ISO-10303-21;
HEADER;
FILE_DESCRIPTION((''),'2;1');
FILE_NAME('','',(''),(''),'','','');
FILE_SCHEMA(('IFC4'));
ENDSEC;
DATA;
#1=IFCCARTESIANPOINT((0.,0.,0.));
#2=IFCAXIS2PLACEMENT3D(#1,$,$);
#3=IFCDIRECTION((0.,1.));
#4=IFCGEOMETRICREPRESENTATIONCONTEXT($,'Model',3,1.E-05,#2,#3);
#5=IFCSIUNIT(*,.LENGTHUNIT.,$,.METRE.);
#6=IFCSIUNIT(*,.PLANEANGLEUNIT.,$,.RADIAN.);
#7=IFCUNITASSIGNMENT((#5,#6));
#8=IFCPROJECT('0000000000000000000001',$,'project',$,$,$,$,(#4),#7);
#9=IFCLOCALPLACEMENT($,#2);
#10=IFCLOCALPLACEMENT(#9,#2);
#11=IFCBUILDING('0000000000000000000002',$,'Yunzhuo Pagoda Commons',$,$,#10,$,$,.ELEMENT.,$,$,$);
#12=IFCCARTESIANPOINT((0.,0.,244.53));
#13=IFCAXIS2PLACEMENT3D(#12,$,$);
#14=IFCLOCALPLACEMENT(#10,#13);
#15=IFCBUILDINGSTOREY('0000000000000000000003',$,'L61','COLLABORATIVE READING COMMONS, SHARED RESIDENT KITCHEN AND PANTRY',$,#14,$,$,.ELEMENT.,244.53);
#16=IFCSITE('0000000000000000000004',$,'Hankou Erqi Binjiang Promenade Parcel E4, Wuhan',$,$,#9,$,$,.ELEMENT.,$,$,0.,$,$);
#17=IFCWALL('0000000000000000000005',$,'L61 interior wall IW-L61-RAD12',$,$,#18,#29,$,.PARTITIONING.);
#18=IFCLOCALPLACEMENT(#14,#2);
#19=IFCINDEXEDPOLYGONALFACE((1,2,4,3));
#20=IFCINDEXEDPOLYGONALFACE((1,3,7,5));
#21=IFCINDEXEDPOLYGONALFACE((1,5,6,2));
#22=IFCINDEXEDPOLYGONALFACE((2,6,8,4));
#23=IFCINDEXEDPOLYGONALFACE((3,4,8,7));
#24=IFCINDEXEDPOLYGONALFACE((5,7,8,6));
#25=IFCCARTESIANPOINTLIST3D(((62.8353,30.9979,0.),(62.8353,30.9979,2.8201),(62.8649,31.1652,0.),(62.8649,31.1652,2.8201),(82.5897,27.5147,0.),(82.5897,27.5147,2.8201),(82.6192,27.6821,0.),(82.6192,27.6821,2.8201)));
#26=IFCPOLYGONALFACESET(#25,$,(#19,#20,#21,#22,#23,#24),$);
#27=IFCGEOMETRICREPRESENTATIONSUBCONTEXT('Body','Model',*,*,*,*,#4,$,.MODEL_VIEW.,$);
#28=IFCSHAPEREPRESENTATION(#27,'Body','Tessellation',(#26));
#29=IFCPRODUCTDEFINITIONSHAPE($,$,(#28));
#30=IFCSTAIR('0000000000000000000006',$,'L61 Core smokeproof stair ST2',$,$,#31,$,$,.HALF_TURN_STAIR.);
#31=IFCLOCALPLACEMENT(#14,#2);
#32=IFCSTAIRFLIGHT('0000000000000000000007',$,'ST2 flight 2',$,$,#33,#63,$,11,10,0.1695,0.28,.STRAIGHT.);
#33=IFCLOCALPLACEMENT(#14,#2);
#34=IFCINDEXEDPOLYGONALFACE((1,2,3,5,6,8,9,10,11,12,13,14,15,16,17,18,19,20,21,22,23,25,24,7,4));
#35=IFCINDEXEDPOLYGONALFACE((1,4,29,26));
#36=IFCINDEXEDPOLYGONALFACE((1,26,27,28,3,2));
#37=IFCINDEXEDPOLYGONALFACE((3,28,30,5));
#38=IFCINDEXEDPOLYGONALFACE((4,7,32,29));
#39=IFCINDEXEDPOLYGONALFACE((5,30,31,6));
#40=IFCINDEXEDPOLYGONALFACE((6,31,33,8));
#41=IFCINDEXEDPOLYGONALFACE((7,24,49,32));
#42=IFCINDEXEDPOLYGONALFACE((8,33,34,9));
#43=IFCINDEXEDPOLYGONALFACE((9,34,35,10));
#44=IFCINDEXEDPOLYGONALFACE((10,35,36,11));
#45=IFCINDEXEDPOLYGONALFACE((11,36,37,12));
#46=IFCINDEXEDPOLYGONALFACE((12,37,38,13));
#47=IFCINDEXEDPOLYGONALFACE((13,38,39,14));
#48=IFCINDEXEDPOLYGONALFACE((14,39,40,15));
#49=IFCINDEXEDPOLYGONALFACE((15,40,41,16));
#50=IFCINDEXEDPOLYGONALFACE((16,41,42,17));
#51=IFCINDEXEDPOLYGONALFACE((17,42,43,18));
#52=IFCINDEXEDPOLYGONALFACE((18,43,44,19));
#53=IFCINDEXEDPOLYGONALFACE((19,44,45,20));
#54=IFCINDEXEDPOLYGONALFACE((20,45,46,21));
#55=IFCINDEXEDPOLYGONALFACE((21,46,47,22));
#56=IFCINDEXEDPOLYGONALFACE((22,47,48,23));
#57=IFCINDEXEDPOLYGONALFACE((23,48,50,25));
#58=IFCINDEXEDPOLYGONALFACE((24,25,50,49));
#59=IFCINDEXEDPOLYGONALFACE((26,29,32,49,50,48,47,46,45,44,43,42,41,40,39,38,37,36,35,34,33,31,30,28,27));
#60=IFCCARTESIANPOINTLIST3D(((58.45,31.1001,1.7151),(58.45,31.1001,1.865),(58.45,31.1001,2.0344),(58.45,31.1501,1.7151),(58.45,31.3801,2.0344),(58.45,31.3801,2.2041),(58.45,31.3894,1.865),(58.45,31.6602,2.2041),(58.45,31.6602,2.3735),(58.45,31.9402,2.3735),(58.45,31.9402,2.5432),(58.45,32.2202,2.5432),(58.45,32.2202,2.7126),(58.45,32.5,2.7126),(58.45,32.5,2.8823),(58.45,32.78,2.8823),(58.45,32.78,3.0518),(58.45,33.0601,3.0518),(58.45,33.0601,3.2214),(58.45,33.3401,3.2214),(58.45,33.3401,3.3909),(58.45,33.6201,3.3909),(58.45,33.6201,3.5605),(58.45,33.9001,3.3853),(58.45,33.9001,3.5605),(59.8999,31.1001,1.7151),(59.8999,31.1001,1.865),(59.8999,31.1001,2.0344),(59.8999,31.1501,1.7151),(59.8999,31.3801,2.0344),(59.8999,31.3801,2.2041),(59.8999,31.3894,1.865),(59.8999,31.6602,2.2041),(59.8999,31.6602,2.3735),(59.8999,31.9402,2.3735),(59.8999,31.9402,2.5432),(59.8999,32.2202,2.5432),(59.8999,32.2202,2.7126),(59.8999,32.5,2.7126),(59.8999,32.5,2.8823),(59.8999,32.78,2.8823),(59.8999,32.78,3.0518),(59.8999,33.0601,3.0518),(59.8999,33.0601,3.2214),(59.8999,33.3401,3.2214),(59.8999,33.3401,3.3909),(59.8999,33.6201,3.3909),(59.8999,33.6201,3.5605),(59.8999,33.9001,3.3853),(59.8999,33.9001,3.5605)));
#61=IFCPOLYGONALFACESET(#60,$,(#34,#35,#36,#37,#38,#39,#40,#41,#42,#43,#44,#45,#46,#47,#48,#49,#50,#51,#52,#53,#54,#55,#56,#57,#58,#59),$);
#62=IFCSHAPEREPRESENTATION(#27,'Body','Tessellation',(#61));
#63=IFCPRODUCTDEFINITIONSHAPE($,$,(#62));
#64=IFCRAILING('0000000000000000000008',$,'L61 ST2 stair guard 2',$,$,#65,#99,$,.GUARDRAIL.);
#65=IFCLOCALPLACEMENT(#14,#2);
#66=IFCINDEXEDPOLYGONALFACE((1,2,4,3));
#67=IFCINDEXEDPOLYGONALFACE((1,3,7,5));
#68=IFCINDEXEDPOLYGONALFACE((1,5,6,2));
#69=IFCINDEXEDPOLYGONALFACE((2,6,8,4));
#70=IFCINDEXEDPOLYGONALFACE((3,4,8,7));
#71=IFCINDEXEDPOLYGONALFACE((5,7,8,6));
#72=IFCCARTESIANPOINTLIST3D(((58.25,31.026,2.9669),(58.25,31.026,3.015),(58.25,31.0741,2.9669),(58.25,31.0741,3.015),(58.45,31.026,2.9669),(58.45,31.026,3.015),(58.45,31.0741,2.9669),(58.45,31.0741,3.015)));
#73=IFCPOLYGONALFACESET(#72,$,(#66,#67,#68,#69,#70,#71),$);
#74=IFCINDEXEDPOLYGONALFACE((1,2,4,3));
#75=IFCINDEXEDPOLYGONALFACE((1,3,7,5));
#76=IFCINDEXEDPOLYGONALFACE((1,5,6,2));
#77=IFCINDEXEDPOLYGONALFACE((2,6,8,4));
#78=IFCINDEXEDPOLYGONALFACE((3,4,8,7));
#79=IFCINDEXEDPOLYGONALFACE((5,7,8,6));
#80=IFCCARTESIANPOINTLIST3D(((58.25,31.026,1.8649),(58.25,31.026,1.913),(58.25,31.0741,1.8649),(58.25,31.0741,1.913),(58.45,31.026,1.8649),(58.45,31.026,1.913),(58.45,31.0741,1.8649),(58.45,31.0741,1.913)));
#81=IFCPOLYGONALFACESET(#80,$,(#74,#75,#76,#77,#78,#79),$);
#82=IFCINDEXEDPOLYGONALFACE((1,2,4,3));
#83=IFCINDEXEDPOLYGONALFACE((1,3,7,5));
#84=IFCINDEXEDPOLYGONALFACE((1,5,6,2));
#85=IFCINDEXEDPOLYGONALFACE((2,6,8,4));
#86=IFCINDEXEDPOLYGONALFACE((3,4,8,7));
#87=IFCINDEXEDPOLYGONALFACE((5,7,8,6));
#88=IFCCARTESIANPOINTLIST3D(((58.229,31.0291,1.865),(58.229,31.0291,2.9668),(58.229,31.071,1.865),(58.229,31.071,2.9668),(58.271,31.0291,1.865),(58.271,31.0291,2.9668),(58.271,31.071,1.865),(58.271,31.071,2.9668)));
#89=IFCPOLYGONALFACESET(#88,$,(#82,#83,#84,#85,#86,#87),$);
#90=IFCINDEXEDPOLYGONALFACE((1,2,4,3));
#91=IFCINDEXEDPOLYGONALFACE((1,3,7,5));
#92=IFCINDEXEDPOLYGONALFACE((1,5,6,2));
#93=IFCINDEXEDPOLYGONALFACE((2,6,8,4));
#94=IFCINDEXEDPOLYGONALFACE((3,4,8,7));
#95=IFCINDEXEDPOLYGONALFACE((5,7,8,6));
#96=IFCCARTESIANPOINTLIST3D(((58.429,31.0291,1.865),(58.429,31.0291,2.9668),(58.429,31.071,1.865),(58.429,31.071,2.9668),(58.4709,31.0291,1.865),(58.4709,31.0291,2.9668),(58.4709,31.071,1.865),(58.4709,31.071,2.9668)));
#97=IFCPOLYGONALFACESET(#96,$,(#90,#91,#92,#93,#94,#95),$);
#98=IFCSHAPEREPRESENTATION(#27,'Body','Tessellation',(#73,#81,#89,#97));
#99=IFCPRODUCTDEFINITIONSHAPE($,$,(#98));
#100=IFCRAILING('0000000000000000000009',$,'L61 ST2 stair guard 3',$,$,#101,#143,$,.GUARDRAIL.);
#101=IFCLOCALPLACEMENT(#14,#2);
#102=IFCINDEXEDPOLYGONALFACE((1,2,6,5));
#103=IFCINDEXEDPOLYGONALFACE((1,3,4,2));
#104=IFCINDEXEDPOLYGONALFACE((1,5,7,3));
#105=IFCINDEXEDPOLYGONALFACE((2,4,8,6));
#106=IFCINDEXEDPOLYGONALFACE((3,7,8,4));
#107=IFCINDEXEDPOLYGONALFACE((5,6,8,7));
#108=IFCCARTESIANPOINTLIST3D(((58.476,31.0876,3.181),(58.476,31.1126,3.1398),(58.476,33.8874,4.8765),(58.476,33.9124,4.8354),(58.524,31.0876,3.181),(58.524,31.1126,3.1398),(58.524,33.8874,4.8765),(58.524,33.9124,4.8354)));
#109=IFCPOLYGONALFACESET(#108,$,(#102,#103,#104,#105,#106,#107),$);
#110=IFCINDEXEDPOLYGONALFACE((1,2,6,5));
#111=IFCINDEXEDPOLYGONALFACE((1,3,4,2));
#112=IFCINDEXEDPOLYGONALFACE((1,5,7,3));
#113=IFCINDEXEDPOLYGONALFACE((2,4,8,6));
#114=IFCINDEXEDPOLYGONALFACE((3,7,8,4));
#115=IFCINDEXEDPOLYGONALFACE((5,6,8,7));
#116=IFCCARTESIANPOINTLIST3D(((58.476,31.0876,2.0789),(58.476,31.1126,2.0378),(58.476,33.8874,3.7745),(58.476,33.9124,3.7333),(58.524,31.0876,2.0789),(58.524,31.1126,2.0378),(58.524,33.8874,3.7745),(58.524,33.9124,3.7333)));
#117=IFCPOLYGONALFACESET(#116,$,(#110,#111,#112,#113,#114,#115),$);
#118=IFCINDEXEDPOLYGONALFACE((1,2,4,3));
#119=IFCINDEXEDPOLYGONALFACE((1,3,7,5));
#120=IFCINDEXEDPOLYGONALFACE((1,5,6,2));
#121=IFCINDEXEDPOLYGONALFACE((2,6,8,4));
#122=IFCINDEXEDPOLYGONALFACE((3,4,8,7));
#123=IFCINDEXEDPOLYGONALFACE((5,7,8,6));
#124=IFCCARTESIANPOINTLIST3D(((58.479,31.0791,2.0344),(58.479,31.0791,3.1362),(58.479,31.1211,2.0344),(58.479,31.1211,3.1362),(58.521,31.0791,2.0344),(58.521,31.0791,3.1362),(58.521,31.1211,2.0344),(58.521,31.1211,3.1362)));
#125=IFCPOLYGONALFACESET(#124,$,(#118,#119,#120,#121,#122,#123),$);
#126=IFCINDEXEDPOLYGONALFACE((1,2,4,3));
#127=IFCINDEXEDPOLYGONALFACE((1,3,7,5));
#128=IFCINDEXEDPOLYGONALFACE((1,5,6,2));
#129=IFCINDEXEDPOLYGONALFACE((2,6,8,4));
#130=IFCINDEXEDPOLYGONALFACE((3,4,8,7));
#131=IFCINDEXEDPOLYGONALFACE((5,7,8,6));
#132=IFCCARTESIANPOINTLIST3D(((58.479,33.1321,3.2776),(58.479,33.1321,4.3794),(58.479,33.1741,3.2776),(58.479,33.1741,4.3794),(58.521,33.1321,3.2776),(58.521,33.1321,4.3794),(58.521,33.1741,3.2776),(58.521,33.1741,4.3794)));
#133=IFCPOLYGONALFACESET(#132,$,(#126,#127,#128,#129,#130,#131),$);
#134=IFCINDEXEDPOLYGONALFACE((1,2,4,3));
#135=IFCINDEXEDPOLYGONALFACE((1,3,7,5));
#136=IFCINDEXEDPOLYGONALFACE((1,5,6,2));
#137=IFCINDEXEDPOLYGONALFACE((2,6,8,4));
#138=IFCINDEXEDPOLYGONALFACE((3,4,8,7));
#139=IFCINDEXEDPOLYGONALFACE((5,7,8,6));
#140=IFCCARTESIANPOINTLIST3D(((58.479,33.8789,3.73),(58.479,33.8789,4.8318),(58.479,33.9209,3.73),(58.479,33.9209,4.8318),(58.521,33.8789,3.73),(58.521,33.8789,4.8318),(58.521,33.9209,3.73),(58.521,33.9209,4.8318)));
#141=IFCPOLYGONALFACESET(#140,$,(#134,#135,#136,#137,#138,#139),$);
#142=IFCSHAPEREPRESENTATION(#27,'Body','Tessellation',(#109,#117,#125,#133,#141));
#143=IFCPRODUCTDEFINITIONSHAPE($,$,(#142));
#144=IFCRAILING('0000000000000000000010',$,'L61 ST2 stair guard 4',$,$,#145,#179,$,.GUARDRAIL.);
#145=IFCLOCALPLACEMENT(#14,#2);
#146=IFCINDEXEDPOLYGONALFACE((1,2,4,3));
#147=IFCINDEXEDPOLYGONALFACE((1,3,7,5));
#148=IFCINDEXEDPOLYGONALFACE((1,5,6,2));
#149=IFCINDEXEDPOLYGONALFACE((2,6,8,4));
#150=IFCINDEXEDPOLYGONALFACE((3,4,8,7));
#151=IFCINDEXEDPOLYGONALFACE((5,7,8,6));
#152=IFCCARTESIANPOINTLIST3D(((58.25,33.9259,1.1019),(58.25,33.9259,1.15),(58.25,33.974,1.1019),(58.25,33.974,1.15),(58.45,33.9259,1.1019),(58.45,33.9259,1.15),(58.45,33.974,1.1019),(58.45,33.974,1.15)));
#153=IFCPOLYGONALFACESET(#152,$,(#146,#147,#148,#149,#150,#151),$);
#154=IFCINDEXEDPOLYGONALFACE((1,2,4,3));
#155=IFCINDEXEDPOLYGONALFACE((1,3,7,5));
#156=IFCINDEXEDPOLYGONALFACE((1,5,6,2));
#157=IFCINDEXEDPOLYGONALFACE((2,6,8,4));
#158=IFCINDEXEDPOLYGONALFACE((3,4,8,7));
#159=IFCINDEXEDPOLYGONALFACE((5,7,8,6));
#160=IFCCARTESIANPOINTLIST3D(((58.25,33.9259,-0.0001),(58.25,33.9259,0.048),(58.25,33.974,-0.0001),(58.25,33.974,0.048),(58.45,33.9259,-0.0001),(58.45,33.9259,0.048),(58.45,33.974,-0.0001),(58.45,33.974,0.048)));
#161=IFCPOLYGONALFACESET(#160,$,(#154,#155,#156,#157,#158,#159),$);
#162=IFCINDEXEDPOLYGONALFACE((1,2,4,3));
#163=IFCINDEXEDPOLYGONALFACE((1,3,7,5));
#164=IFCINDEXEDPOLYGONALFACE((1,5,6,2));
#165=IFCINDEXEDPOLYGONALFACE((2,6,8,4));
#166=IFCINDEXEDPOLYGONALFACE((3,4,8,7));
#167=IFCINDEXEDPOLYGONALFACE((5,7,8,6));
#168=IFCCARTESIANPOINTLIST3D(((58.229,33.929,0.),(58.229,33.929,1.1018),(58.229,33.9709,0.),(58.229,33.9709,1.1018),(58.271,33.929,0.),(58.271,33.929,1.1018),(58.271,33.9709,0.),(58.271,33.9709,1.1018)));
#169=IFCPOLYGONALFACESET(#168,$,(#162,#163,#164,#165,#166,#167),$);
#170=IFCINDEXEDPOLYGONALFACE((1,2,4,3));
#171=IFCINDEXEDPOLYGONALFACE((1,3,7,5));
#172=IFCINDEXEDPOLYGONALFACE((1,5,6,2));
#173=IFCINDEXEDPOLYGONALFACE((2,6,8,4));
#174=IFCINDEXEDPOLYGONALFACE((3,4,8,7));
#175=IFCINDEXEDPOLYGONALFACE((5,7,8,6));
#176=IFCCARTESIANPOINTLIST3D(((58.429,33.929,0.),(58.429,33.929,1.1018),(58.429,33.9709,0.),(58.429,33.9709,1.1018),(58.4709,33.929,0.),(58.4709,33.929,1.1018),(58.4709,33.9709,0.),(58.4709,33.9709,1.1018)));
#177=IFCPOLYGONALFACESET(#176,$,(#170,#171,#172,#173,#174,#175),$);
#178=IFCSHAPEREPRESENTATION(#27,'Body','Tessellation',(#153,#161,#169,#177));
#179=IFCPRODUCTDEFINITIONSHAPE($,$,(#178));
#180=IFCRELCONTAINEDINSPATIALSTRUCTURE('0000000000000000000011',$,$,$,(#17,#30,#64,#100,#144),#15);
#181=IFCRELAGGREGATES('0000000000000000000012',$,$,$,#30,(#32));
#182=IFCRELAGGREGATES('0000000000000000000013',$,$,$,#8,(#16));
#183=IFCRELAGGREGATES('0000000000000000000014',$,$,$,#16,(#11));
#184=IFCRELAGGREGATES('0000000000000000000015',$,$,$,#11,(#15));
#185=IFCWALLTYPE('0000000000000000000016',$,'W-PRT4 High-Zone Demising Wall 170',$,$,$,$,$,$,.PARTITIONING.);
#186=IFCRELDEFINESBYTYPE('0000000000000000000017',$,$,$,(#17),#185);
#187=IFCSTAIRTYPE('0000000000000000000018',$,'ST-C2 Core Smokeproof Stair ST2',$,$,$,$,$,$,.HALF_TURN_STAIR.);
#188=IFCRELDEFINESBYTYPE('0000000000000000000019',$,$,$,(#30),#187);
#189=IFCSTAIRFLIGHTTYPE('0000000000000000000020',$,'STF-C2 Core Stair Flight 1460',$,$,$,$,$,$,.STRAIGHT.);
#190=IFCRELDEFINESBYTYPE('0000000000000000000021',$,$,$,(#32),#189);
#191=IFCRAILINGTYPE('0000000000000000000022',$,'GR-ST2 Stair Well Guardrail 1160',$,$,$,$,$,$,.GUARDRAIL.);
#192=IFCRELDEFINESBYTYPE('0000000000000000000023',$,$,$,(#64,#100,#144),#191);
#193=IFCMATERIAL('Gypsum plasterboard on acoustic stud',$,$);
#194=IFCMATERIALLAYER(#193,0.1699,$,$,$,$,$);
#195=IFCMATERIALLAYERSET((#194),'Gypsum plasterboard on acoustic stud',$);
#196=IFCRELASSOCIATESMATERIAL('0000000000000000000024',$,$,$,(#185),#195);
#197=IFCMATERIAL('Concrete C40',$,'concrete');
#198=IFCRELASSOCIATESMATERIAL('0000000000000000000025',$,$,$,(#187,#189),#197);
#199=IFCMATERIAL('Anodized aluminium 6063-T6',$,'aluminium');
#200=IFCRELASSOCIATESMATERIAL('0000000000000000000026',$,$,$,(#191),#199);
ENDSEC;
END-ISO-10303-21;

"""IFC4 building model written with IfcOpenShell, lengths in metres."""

from ifc_helpers import new_model, si_unit, direction, frame, frame_2d, origin, origin_2d, place, context, subcontext, project, spatial, polyline, rectangle, outline, extrude, source, transform, mapped, material, layer, layer_set, type_object, element, aggregate, save


model = new_model("IFC4")

# Units and contexts
model_context = context("Model", 3, precision=1e-05, world=origin(), true_north=direction((0.0, 1.0)))
body_context = subcontext(model_context, "Body", "Model", "MODEL_VIEW")
ifc_project = project(units=[si_unit("LENGTHUNIT", "METRE"), si_unit("PLANEANGLEUNIT", "RADIAN")], contexts=[model_context])

# Site, building, storey
site_placement = place(None, origin())
site = spatial("IfcSite", under=ifc_project, at=site_placement, Name="Hankou Erqi Binjiang Promenade Parcel E4, Wuhan", CompositionType="ELEMENT", RefElevation=0.0)
building_placement = place(site_placement, origin())
building = spatial("IfcBuilding", under=site, at=building_placement, Name="Yunzhuo Pagoda Commons", CompositionType="ELEMENT")
storey_placement = place(building_placement, frame((0.0, 0.0, 244.53)))
storey = spatial("IfcBuildingStorey", under=building, at=storey_placement, Name="L61", Description="COLLABORATIVE READING COMMONS, SHARED RESIDENT KITCHEN AND PANTRY", CompositionType="ELEMENT", Elevation=244.53)

# Shared definitions
ifc_material_1 = material(Name="Anodized aluminium 6063-T6", Category="aluminium")

# Shared definitions
ifc_material_2 = material(Name="Gypsum plasterboard on acoustic stud")

# Wall
ifc_layer_1 = layer(ifc_material_2, 0.1699)
ifc_layer_set_1 = layer_set([ifc_layer_1], Name="Gypsum plasterboard on acoustic stud")
wall_type_1 = type_object("IfcWallType", Name="W-PRT4 High-Zone Demising Wall 170", PredefinedType="PARTITIONING", material=ifc_layer_set_1)
wall_1_placement = place(storey_placement, frame((62.8501, 31.0815, 0.0), z_axis=(0.0, 0.0, 1.0), x_axis=(0.984808, -0.173644, 0.0)))
element("IfcWall", 1, at=wall_1_placement, inside=storey, type_object=wall_type_1, Name="L61 interior wall IW-L61-RAD12", PredefinedType="PARTITIONING", context=body_context, shape_type="SweptSolid", body=[
    extrude(rectangle(XDim=20.0591, YDim=0.1699, at=frame_2d((10.0295, 0.0))), origin(), (0.0, 0.0, 1.0), 2.8201),
])

# Stair, stair flight
ifc_material_3 = material(Name="Concrete C40", Category="concrete")
stair_type = type_object("IfcStairType", Name="ST-C2 Core Smokeproof Stair ST2", PredefinedType="HALF_TURN_STAIR", material=ifc_material_3)
stair_placement = place(storey_placement, origin())
stair = element("IfcStair", 2, at=stair_placement, inside=storey, type_object=stair_type, Name="L61 Core smokeproof stair ST2", PredefinedType="HALF_TURN_STAIR")
stair_flight_type = type_object("IfcStairFlightType", Name="STF-C2 Core Stair Flight 1460", PredefinedType="STRAIGHT", material=ifc_material_3)
shared_shape_1 = source(origin(), body_context, "Body", "SweptSolid", [
    extrude(outline(polyline([(0.0, -0.1499), (0.0, 0.0), (0.0, 0.1694), (0.28, 0.1694), (0.28, 0.3391), (0.5601, 0.3391), (0.5601, 0.5085), (0.8401, 0.5085), (0.8401, 0.6782), (1.1201, 0.6782), (1.1201, 0.8477), (1.3999, 0.8477), (1.3999, 1.0173), (1.6799, 1.0173), (1.6799, 1.1868), (1.96, 1.1868), (1.96, 1.3564), (2.24, 1.3564), (2.24, 1.5259), (2.52, 1.5259), (2.52, 1.6956), (2.8, 1.6956), (2.8, 1.865), (2.8, 1.5203), (0.2893, 0.0), (0.05, -0.1499), (0.0, -0.1499)])), frame((0.0, 0.7251, 0.0), z_axis=(0.0, -1.0, 0.0), x_axis=(1.0, 0.0, 0.0)), (0.0, 0.0, 1.0), 1.45),
])
stair_flight_placement = place(storey_placement, frame((59.175, 31.1001, 1.865), z_axis=(0.0, 0.0, 1.0), x_axis=(0.0, 1.0, 0.0)))
stair_flight = element("IfcStairFlight", 3, at=stair_flight_placement, type_object=stair_flight_type, Name="ST2 flight 2", NumberOfRisers=11, NumberOfTreads=10, PredefinedType="STRAIGHT", RiserHeight=0.1695, TreadLength=0.28, context=body_context, shape_type="MappedRepresentation", body=[
    mapped(shared_shape_1, transform((0.0, 0.0, 0.0), scale=1.0)),
])
aggregate(stair, [stair_flight])

# Railings
railing_type_1 = type_object("IfcRailingType", Name="GR-ST2 Stair Well Guardrail 1160", PredefinedType="GUARDRAIL", material=ifc_material_1)
railing_1_placement = place(storey_placement, frame((58.25, 31.05, 1.865)))
element("IfcRailing", 4, at=railing_1_placement, inside=storey, type_object=railing_type_1, Name="L61 ST2 stair guard 2", PredefinedType="GUARDRAIL", context=body_context, shape_type="SweptSolid", body=[
    extrude(rectangle(XDim=0.0481, YDim=0.0481, at=origin_2d()), frame((0.0, 0.0, 1.126), z_axis=(1.0, 0.0, 0.0), x_axis=(0.0, 1.0, 0.0)), (0.0, 0.0, 1.0), 0.2),
    extrude(rectangle(XDim=0.0481, YDim=0.0481, at=origin_2d()), frame((0.0, 0.0, 0.0239), z_axis=(1.0, 0.0, 0.0), x_axis=(0.0, 1.0, 0.0)), (0.0, 0.0, 1.0), 0.2),
    extrude(rectangle(XDim=0.042, YDim=0.042, at=origin_2d()), origin(), (0.0, 0.0, 1.0), 1.1018),
    extrude(rectangle(XDim=0.042, YDim=0.042, at=origin_2d()), frame((0.2, 0.0, 0.0)), (0.0, 0.0, 1.0), 1.1018),
])
railing_2_placement = place(storey_placement, frame((58.5, 31.1001, 2.0344)))
element("IfcRailing", 5, at=railing_2_placement, inside=storey, type_object=railing_type_1, Name="L61 ST2 stair guard 3", PredefinedType="GUARDRAIL", context=body_context, shape_type="SweptSolid", body=[
    extrude(rectangle(XDim=0.0481, YDim=0.0481, at=origin_2d()), frame((0.0, 0.0, 1.126), z_axis=(0.0, 0.855373, 0.518012), x_axis=(-1.0, 0.0, 0.0)), (0.0, 0.0, 1.0), 3.2732),
    extrude(rectangle(XDim=0.0481, YDim=0.0481, at=origin_2d()), frame((0.0, 0.0, 0.0239), z_axis=(0.0, 0.855373, 0.518012), x_axis=(-1.0, 0.0, 0.0)), (0.0, 0.0, 1.0), 3.2732),
    extrude(rectangle(XDim=0.042, YDim=0.042, at=origin_2d()), origin(), (0.0, 0.0, 1.0), 1.1018),
    extrude(rectangle(XDim=0.042, YDim=0.042, at=origin_2d()), frame((0.0, 2.053, 1.2432)), (0.0, 0.0, 1.0), 1.1018),
    extrude(rectangle(XDim=0.042, YDim=0.042, at=origin_2d()), frame((0.0, 2.7998, 1.6956)), (0.0, 0.0, 1.0), 1.1018),
])
railing_3_placement = place(storey_placement, frame((58.25, 33.95, 0.0)))
element("IfcRailing", 6, at=railing_3_placement, inside=storey, type_object=railing_type_1, Name="L61 ST2 stair guard 4", PredefinedType="GUARDRAIL", context=body_context, shape_type="SweptSolid", body=[
    extrude(rectangle(XDim=0.0481, YDim=0.0481, at=origin_2d()), frame((0.0, 0.0, 1.126), z_axis=(1.0, 0.0, 0.0), x_axis=(0.0, 1.0, 0.0)), (0.0, 0.0, 1.0), 0.2),
    extrude(rectangle(XDim=0.0481, YDim=0.0481, at=origin_2d()), frame((0.0, 0.0, 0.0239), z_axis=(1.0, 0.0, 0.0), x_axis=(0.0, 1.0, 0.0)), (0.0, 0.0, 1.0), 0.2),
    extrude(rectangle(XDim=0.042, YDim=0.042, at=origin_2d()), origin(), (0.0, 0.0, 1.0), 1.1018),
    extrude(rectangle(XDim=0.042, YDim=0.042, at=origin_2d()), frame((0.2, 0.0, 0.0)), (0.0, 0.0, 1.0), 1.1018),
])

save(model, "model.ifc")
